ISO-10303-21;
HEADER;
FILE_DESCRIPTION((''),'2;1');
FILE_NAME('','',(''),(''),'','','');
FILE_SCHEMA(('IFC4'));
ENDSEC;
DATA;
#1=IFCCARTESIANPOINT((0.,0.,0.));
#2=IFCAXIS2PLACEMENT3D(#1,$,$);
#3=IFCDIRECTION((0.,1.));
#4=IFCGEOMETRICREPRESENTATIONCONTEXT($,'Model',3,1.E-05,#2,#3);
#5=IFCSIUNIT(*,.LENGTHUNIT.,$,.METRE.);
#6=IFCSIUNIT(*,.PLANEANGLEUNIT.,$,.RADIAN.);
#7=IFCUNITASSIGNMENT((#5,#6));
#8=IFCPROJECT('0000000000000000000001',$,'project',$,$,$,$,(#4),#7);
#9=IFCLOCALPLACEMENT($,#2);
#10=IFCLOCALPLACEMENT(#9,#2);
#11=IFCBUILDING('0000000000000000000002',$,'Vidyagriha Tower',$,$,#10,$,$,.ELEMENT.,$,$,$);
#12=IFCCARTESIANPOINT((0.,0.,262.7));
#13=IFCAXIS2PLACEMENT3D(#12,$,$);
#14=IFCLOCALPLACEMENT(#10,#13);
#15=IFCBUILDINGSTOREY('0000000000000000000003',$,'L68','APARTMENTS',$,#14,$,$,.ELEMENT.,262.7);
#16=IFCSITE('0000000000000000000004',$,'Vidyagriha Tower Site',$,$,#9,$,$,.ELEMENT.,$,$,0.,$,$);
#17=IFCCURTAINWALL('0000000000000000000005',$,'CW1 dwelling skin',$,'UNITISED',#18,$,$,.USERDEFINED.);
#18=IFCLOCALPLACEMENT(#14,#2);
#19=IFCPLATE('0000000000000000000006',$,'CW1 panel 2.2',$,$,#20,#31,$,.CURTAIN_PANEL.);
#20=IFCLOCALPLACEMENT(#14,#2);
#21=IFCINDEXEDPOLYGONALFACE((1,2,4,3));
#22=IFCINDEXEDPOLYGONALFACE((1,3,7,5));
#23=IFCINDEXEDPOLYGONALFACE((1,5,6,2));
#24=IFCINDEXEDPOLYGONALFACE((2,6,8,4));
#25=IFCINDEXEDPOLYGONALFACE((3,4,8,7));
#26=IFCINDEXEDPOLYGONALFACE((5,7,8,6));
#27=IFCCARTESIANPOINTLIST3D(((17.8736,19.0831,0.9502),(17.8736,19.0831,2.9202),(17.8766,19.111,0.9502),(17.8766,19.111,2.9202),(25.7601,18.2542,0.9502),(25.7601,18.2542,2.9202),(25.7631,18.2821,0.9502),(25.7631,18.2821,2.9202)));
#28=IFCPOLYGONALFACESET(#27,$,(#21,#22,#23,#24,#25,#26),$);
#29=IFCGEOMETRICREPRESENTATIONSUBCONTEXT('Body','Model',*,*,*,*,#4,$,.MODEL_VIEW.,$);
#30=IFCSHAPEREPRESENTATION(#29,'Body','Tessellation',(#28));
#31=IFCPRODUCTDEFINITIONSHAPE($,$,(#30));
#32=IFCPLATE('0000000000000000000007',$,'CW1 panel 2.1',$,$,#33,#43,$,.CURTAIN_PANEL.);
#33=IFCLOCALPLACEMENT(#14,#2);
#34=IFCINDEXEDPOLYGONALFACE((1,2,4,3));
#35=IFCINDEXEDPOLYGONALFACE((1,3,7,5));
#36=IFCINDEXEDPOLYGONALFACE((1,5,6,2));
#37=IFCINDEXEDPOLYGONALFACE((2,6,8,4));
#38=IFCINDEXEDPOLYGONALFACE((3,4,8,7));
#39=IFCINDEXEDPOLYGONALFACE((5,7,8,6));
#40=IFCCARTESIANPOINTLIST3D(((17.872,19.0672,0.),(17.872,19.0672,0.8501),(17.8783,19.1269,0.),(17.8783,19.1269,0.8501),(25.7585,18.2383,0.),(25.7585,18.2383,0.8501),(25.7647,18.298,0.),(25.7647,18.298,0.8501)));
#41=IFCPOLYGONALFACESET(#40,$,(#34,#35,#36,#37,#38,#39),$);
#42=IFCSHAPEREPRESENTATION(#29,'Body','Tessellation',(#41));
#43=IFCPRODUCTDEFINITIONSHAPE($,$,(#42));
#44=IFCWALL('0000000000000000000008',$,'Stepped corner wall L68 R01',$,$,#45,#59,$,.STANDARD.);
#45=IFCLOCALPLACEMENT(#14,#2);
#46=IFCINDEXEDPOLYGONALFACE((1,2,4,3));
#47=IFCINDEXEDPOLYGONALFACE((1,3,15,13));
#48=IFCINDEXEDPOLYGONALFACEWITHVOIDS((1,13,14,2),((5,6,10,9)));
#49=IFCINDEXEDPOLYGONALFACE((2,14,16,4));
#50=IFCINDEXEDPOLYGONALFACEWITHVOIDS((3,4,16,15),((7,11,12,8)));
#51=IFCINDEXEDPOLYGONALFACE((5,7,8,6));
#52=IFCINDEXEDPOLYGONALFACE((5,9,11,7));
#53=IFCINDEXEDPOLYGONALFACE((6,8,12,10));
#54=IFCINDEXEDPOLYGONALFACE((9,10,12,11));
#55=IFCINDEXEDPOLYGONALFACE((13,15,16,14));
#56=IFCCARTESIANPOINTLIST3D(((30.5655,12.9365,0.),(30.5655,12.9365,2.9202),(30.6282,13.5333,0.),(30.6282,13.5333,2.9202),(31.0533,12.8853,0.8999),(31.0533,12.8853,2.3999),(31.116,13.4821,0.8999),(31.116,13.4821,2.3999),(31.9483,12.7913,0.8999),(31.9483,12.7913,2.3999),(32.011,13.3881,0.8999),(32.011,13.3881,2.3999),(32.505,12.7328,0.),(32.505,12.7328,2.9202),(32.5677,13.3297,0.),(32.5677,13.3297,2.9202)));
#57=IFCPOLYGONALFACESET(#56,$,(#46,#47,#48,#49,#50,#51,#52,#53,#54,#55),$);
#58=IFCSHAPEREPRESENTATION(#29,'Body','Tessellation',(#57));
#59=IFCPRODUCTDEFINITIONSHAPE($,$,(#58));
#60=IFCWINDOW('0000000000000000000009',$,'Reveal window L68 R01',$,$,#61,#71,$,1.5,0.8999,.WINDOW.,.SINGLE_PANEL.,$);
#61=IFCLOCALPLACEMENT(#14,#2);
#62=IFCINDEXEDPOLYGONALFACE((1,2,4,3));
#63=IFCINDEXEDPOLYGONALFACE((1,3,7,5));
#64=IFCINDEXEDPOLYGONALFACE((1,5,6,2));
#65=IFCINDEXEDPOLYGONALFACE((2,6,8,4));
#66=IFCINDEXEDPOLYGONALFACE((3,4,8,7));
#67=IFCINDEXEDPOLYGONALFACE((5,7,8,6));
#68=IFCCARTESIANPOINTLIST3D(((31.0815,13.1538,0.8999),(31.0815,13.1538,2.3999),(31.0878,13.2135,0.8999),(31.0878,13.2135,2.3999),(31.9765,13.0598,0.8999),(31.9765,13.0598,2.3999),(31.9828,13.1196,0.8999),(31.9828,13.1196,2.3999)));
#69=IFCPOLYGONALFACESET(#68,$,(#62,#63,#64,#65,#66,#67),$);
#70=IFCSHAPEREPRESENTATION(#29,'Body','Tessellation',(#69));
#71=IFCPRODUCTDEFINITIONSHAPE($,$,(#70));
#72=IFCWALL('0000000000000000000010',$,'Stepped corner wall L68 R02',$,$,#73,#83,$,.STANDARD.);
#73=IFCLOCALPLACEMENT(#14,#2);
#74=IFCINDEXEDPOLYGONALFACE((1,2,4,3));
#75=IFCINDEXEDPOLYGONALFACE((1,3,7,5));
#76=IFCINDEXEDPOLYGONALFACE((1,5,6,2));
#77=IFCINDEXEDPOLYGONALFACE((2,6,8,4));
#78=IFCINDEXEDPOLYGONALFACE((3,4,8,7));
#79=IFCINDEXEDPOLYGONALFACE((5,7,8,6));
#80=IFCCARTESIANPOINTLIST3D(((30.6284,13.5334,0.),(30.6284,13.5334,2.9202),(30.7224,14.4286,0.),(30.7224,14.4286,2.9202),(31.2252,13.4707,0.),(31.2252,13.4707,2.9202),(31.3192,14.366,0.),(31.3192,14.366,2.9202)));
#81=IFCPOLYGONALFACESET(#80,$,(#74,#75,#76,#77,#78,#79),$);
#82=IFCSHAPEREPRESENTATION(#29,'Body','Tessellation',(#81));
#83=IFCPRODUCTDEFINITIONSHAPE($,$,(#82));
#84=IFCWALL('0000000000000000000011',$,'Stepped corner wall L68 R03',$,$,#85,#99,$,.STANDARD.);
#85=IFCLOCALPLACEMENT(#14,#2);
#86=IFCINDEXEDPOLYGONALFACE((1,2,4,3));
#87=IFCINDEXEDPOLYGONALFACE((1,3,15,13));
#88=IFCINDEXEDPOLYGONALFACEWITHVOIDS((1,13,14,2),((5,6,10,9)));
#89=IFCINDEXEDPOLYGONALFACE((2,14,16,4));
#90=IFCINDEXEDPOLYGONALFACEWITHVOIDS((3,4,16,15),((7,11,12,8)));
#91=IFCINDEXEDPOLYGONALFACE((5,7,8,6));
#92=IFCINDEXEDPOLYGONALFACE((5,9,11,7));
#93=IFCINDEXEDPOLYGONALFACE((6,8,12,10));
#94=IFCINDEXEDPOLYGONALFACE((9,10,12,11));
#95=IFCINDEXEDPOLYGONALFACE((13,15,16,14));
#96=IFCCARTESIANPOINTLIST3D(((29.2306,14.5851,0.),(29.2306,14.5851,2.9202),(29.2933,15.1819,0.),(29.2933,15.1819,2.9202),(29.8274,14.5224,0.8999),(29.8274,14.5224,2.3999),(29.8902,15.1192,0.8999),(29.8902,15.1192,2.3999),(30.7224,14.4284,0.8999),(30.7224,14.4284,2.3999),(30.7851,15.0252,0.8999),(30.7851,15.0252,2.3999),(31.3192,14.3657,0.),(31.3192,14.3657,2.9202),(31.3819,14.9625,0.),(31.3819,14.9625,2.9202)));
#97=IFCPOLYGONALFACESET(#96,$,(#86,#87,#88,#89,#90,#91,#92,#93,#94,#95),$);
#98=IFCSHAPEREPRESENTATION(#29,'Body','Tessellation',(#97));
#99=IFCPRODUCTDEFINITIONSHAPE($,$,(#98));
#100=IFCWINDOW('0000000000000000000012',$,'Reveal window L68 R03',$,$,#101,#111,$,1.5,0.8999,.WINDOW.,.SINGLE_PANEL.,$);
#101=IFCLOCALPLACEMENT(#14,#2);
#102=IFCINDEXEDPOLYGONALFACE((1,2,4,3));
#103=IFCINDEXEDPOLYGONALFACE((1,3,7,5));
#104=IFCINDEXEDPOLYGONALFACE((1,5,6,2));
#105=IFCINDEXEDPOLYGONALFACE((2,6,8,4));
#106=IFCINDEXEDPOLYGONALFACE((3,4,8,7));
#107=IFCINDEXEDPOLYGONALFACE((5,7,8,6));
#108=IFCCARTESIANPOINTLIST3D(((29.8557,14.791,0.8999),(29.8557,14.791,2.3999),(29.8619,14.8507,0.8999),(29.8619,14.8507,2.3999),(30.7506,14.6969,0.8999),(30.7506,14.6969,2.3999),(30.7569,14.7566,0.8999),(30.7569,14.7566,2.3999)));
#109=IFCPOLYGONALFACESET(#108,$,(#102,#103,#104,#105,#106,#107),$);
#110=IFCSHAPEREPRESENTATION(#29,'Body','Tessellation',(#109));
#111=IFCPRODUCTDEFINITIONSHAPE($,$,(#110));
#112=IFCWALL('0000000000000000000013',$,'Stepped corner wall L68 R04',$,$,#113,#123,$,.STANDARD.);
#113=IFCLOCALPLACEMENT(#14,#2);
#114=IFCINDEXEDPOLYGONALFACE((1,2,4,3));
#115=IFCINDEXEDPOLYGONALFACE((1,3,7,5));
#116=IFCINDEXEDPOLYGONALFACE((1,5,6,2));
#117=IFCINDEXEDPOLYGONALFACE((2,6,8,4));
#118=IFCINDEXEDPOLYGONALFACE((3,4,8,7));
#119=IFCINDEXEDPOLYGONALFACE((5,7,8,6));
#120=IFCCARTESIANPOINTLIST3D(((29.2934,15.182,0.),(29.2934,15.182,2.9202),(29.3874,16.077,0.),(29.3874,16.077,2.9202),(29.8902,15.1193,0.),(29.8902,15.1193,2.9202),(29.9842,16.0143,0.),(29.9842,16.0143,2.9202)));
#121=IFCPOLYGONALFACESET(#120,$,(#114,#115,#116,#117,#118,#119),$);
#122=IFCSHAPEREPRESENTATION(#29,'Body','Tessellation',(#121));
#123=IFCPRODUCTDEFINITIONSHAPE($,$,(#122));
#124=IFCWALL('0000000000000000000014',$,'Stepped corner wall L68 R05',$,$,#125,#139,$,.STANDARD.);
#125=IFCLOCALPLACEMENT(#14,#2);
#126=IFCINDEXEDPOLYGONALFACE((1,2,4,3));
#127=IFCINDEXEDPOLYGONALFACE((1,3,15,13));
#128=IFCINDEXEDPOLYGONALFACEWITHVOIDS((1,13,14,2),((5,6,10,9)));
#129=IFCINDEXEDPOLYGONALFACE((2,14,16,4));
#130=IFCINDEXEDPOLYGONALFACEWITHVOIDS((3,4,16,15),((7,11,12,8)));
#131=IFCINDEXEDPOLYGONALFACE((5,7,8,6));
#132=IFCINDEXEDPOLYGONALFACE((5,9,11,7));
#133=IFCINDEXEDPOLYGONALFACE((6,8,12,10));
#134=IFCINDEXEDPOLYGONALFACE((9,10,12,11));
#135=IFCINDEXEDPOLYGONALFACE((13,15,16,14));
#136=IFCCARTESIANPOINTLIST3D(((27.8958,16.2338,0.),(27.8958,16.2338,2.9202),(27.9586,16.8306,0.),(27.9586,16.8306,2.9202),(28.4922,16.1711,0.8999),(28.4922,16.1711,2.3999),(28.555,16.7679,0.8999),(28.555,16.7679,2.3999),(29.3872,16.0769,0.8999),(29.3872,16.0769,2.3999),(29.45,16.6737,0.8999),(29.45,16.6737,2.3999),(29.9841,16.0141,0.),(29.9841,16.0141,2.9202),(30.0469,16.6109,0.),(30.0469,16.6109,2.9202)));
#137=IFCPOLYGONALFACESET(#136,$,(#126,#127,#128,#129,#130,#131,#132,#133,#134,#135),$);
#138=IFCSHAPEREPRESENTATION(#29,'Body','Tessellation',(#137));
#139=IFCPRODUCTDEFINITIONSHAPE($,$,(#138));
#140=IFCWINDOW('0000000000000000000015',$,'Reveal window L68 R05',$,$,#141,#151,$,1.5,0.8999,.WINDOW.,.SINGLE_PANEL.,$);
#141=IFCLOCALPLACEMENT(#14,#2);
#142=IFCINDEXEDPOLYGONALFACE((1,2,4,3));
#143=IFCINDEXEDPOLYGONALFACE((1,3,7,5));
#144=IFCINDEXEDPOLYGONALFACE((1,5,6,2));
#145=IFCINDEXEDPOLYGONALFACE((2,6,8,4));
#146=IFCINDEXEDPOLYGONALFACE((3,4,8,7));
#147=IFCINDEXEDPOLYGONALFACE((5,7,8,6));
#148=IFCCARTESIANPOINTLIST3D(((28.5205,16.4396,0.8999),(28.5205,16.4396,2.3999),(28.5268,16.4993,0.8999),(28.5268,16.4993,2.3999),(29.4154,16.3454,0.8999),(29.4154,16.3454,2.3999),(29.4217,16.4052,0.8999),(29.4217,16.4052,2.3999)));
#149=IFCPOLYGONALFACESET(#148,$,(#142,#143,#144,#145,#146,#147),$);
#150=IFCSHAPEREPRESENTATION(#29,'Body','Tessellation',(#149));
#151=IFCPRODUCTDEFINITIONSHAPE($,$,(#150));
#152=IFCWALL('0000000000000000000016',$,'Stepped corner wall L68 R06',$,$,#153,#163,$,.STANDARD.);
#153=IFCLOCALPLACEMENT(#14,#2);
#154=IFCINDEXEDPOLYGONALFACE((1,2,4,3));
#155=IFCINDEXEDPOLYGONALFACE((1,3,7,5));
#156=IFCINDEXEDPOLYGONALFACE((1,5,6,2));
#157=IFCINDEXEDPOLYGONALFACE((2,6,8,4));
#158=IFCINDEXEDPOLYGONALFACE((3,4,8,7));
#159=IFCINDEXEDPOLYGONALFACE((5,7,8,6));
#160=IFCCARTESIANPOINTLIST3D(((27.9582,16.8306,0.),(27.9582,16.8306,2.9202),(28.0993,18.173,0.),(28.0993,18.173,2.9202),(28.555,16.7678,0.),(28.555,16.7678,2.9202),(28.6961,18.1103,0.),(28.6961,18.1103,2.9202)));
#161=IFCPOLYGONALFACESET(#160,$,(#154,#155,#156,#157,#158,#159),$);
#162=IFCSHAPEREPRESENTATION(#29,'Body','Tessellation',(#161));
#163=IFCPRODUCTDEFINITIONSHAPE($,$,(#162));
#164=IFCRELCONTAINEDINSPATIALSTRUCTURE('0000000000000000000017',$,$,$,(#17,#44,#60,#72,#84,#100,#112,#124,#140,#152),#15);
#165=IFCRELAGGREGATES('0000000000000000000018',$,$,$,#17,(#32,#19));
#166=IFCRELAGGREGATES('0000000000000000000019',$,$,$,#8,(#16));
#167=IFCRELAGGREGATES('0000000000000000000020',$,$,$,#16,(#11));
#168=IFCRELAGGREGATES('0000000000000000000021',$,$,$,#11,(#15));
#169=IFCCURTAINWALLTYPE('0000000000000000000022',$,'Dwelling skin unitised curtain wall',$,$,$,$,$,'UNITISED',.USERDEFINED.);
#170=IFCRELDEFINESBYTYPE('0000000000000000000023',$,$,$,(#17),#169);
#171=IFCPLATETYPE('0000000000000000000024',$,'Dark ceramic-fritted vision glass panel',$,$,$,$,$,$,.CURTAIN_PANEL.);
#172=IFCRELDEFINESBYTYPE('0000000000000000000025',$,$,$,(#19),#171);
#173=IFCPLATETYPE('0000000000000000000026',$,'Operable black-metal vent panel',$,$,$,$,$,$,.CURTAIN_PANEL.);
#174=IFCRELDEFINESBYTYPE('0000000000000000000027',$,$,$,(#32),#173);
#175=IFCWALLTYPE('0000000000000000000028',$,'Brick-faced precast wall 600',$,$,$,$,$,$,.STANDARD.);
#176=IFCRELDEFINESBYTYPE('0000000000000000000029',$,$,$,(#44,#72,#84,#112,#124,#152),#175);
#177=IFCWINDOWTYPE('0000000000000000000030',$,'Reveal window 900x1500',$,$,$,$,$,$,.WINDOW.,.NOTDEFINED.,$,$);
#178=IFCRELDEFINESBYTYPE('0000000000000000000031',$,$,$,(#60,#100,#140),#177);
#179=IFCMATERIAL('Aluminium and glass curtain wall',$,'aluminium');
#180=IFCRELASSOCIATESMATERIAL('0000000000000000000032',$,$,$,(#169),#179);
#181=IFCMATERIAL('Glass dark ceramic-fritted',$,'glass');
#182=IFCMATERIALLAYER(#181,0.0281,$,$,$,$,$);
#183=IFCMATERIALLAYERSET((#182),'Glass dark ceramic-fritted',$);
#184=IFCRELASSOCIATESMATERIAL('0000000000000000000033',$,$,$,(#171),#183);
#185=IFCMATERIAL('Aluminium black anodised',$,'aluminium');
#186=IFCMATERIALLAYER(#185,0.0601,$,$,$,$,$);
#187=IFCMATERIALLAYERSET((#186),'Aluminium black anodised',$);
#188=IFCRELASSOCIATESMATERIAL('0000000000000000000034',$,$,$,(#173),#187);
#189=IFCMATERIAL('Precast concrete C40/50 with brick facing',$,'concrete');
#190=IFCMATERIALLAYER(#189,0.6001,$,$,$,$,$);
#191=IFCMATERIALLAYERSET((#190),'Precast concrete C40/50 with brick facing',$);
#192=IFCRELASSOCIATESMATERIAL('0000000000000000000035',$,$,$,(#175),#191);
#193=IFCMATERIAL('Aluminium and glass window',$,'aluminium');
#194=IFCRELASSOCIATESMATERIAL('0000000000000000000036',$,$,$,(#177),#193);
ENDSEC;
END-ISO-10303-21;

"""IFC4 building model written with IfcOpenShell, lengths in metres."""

from ifc_helpers import new_model, si_unit, direction, frame, frame_2d, origin, origin_2d, place, context, subcontext, project, spatial, rectangle, extrude, material, layer, layer_set, type_object, element, fill, aggregate, save


model = new_model("IFC4")

# Units and contexts
model_context = context("Model", 3, precision=1e-05, world=origin(), true_north=direction((0.0, 1.0)))
body_context = subcontext(model_context, "Body", "Model", "MODEL_VIEW")
ifc_project = project(units=[si_unit("LENGTHUNIT", "METRE"), si_unit("PLANEANGLEUNIT", "RADIAN")], contexts=[model_context])

# Site, building, storey
site_placement = place(None, origin())
site = spatial("IfcSite", under=ifc_project, at=site_placement, Name="Vidyagriha Tower Site", CompositionType="ELEMENT", RefElevation=0.0)
building_placement = place(site_placement, origin())
building = spatial("IfcBuilding", under=site, at=building_placement, Name="Vidyagriha Tower", CompositionType="ELEMENT")
storey_placement = place(building_placement, frame((0.0, 0.0, 262.7)))
storey = spatial("IfcBuildingStorey", under=building, at=storey_placement, Name="L68", Description="APARTMENTS", CompositionType="ELEMENT", Elevation=262.7)

# Curtain wall
ifc_material_1 = material(Name="Aluminium and glass curtain wall", Category="aluminium")
curtain_wall_type = type_object("IfcCurtainWallType", Name="Dwelling skin unitised curtain wall", ElementType="UNITISED", PredefinedType="USERDEFINED", material=ifc_material_1)
curtain_wall_1_placement = place(storey_placement, origin())
curtain_wall_1 = element("IfcCurtainWall", 1, at=curtain_wall_1_placement, inside=storey, type_object=curtain_wall_type, Name="CW1 dwelling skin", ObjectType="UNITISED", PredefinedType="USERDEFINED")

# Plates
ifc_material_2 = material(Name="Glass dark ceramic-fritted", Category="glass")
ifc_layer_1 = layer(ifc_material_2, 0.0281)
ifc_layer_set_1 = layer_set([ifc_layer_1], Name="Glass dark ceramic-fritted")
plate_type_1 = type_object("IfcPlateType", Name="Dark ceramic-fritted vision glass panel", PredefinedType="CURTAIN_PANEL", material=ifc_layer_set_1)
plate_1_placement = place(storey_placement, frame((21.8184, 18.6826, 0.9502), z_axis=(0.0, 0.0, 1.0), x_axis=(-0.994522, 0.104529, 0.0)))
plate_1 = element("IfcPlate", 2, at=plate_1_placement, type_object=plate_type_1, Name="CW1 panel 2.2", PredefinedType="CURTAIN_PANEL", context=body_context, shape_type="SweptSolid", body=[
    extrude(rectangle(XDim=7.9299, YDim=0.0281, at=origin_2d()), origin(), (0.0, 0.0, 1.0), 1.97),
])
ifc_material_3 = material(Name="Aluminium black anodised", Category="aluminium")
ifc_layer_2 = layer(ifc_material_3, 0.0601)
ifc_layer_set_2 = layer_set([ifc_layer_2], Name="Aluminium black anodised")
plate_type_2 = type_object("IfcPlateType", Name="Operable black-metal vent panel", PredefinedType="CURTAIN_PANEL", material=ifc_layer_set_2)
plate_2_placement = place(storey_placement, frame((21.8184, 18.6826, 0.0), z_axis=(0.0, 0.0, 1.0), x_axis=(-0.994522, 0.104529, 0.0)))
plate_2 = element("IfcPlate", 3, at=plate_2_placement, type_object=plate_type_2, Name="CW1 panel 2.1", PredefinedType="CURTAIN_PANEL", context=body_context, shape_type="SweptSolid", body=[
    extrude(rectangle(XDim=7.9299, YDim=0.0601, at=origin_2d()), origin(), (0.0, 0.0, 1.0), 0.8501),
])
aggregate(curtain_wall_1, [plate_2, plate_1])

# Wall, opening, window
ifc_material_4 = material(Name="Precast concrete C40/50 with brick facing", Category="concrete")
ifc_layer_3 = layer(ifc_material_4, 0.6001)
ifc_layer_set_3 = layer_set([ifc_layer_3], Name="Precast concrete C40/50 with brick facing")
wall_type_1 = type_object("IfcWallType", Name="Brick-faced precast wall 600", PredefinedType="STANDARD", material=ifc_layer_set_3)
wall_1_placement = place(storey_placement, frame((32.5364, 13.0312, 0.0), z_axis=(0.0, 0.0, 1.0), x_axis=(-0.994534, 0.104411, 0.0)))
wall_1 = element("IfcWall", 4, at=wall_1_placement, inside=storey, type_object=wall_type_1, Name="Stepped corner wall L68 R01", PredefinedType="STANDARD", context=body_context, shape_type="SweptSolid", body=[
    extrude(rectangle(XDim=1.9502, YDim=0.6001, at=frame_2d((0.9751, 0.0))), origin(), (0.0, 0.0, 1.0), 2.9202),
])
opening_1_placement = place(wall_1_placement, frame((0.5598, 0.0, 0.8999)))
opening_1 = element("IfcOpeningElement", 5, at=opening_1_placement, cuts=wall_1, PredefinedType="OPENING", context=body_context, shape_type="SweptSolid", body=[
    extrude(rectangle(XDim=0.8999, YDim=1.5, at=frame_2d((0.45, 0.75))), frame((0.0, 0.3101, 0.0), z_axis=(0.0, -1.0, 0.0), x_axis=(1.0, 0.0, 0.0)), (0.0, 0.0, 1.0), 0.6201),
])
ifc_material_5 = material(Name="Aluminium and glass window", Category="aluminium")
window_type = type_object("IfcWindowType", Name="Reveal window 900x1500", PartitioningType="NOTDEFINED", PredefinedType="WINDOW", material=ifc_material_5)
window_1_placement = place(opening_1_placement, origin())
window_1 = element("IfcWindow", 6, at=window_1_placement, inside=storey, type_object=window_type, Name="Reveal window L68 R01", OverallHeight=1.5, OverallWidth=0.8999, PartitioningType="SINGLE_PANEL", PredefinedType="WINDOW", context=body_context, shape_type="SweptSolid", body=[
    extrude(rectangle(XDim=0.8999, YDim=1.5, at=frame_2d((0.45, 0.75))), frame((0.0, 0.03, 0.0), z_axis=(0.0, -1.0, 0.0), x_axis=(1.0, 0.0, 0.0)), (0.0, 0.0, 1.0), 0.0601),
])
fill(opening_1, window_1)

# Wall
wall_2_placement = place(storey_placement, frame((30.9268, 13.502, 0.0), z_axis=(0.0, 0.0, 1.0), x_axis=(0.104417, 0.994534, 0.0)))
element("IfcWall", 7, at=wall_2_placement, inside=storey, type_object=wall_type_1, Name="Stepped corner wall L68 R02", PredefinedType="STANDARD", context=body_context, shape_type="SweptSolid", body=[
    extrude(rectangle(XDim=0.9001, YDim=0.6001, at=frame_2d((0.4502, 0.0))), origin(), (0.0, 0.0, 1.0), 2.9202),
])

# Wall, opening, window
wall_3_placement = place(storey_placement, frame((31.3506, 14.6641, 0.0), z_axis=(0.0, 0.0, 1.0), x_axis=(-0.994524, 0.104509, 0.0)))
wall_3 = element("IfcWall", 8, at=wall_3_placement, inside=storey, type_object=wall_type_1, Name="Stepped corner wall L68 R03", PredefinedType="STANDARD", context=body_context, shape_type="SweptSolid", body=[
    extrude(rectangle(XDim=2.1001, YDim=0.6001, at=frame_2d((1.05, 0.0))), origin(), (0.0, 0.0, 1.0), 2.9202),
])
opening_2_placement = place(wall_3_placement, frame((0.6001, 0.0, 0.8999)))
opening_2 = element("IfcOpeningElement", 9, at=opening_2_placement, cuts=wall_3, PredefinedType="OPENING", context=body_context, shape_type="SweptSolid", body=[
    extrude(rectangle(XDim=0.8999, YDim=1.5, at=frame_2d((0.45, 0.75))), frame((0.0, 0.3101, 0.0), z_axis=(0.0, -1.0, 0.0), x_axis=(1.0, 0.0, 0.0)), (0.0, 0.0, 1.0), 0.6201),
])
window_2_placement = place(opening_2_placement, origin())
window_2 = element("IfcWindow", 10, at=window_2_placement, inside=storey, type_object=window_type, Name="Reveal window L68 R03", OverallHeight=1.5, OverallWidth=0.8999, PartitioningType="SINGLE_PANEL", PredefinedType="WINDOW", context=body_context, shape_type="SweptSolid", body=[
    extrude(rectangle(XDim=0.8999, YDim=1.5, at=frame_2d((0.45, 0.75))), frame((0.0, 0.03, 0.0), z_axis=(0.0, -1.0, 0.0), x_axis=(1.0, 0.0, 0.0)), (0.0, 0.0, 1.0), 0.0601),
])
fill(opening_2, window_2)

# Wall
wall_4_placement = place(storey_placement, frame((29.5918, 15.1506, 0.0), z_axis=(0.0, 0.0, 1.0), x_axis=(0.104445, 0.994531, 0.0)))
element("IfcWall", 11, at=wall_4_placement, inside=storey, type_object=wall_type_1, Name="Stepped corner wall L68 R04", PredefinedType="STANDARD", context=body_context, shape_type="SweptSolid", body=[
    extrude(rectangle(XDim=0.8999, YDim=0.6001, at=frame_2d((0.45, 0.0))), origin(), (0.0, 0.0, 1.0), 2.9202),
])

# Wall, opening, window
wall_5_placement = place(storey_placement, frame((30.0154, 16.3125, 0.0), z_axis=(0.0, 0.0, 1.0), x_axis=(-0.994511, 0.104636, 0.0)))
wall_5 = element("IfcWall", 12, at=wall_5_placement, inside=storey, type_object=wall_type_1, Name="Stepped corner wall L68 R05", PredefinedType="STANDARD", context=body_context, shape_type="SweptSolid", body=[
    extrude(rectangle(XDim=2.0999, YDim=0.6001, at=frame_2d((1.0498, 0.0))), origin(), (0.0, 0.0, 1.0), 2.9202),
])
opening_3_placement = place(wall_5_placement, frame((0.6001, 0.0, 0.8999)))
opening_3 = element("IfcOpeningElement", 13, at=opening_3_placement, cuts=wall_5, PredefinedType="OPENING", context=body_context, shape_type="SweptSolid", body=[
    extrude(rectangle(XDim=0.8999, YDim=1.5, at=frame_2d((0.45, 0.75))), frame((0.0, 0.3101, 0.0), z_axis=(0.0, -1.0, 0.0), x_axis=(1.0, 0.0, 0.0)), (0.0, 0.0, 1.0), 0.6201),
])
window_3_placement = place(opening_3_placement, origin())
window_3 = element("IfcWindow", 14, at=window_3_placement, inside=storey, type_object=window_type, Name="Reveal window L68 R05", OverallHeight=1.5, OverallWidth=0.8999, PartitioningType="SINGLE_PANEL", PredefinedType="WINDOW", context=body_context, shape_type="SweptSolid", body=[
    extrude(rectangle(XDim=0.8999, YDim=1.5, at=frame_2d((0.45, 0.75))), frame((0.0, 0.03, 0.0), z_axis=(0.0, -1.0, 0.0), x_axis=(1.0, 0.0, 0.0)), (0.0, 0.0, 1.0), 0.0601),
])
fill(opening_3, window_3)

# Wall
wall_6_placement = place(storey_placement, frame((28.2566, 16.7993, 0.0), z_axis=(0.0, 0.0, 1.0), x_axis=(0.104534, 0.994521, 0.0)))
element("IfcWall", 15, at=wall_6_placement, inside=storey, type_object=wall_type_1, Name="Stepped corner wall L68 R06", PredefinedType="STANDARD", context=body_context, shape_type="SweptSolid", body=[
    extrude(rectangle(XDim=1.3499, YDim=0.6001, at=frame_2d((0.6748, 0.0))), origin(), (0.0, 0.0, 1.0), 2.9202),
])

save(model, "model.ifc")
